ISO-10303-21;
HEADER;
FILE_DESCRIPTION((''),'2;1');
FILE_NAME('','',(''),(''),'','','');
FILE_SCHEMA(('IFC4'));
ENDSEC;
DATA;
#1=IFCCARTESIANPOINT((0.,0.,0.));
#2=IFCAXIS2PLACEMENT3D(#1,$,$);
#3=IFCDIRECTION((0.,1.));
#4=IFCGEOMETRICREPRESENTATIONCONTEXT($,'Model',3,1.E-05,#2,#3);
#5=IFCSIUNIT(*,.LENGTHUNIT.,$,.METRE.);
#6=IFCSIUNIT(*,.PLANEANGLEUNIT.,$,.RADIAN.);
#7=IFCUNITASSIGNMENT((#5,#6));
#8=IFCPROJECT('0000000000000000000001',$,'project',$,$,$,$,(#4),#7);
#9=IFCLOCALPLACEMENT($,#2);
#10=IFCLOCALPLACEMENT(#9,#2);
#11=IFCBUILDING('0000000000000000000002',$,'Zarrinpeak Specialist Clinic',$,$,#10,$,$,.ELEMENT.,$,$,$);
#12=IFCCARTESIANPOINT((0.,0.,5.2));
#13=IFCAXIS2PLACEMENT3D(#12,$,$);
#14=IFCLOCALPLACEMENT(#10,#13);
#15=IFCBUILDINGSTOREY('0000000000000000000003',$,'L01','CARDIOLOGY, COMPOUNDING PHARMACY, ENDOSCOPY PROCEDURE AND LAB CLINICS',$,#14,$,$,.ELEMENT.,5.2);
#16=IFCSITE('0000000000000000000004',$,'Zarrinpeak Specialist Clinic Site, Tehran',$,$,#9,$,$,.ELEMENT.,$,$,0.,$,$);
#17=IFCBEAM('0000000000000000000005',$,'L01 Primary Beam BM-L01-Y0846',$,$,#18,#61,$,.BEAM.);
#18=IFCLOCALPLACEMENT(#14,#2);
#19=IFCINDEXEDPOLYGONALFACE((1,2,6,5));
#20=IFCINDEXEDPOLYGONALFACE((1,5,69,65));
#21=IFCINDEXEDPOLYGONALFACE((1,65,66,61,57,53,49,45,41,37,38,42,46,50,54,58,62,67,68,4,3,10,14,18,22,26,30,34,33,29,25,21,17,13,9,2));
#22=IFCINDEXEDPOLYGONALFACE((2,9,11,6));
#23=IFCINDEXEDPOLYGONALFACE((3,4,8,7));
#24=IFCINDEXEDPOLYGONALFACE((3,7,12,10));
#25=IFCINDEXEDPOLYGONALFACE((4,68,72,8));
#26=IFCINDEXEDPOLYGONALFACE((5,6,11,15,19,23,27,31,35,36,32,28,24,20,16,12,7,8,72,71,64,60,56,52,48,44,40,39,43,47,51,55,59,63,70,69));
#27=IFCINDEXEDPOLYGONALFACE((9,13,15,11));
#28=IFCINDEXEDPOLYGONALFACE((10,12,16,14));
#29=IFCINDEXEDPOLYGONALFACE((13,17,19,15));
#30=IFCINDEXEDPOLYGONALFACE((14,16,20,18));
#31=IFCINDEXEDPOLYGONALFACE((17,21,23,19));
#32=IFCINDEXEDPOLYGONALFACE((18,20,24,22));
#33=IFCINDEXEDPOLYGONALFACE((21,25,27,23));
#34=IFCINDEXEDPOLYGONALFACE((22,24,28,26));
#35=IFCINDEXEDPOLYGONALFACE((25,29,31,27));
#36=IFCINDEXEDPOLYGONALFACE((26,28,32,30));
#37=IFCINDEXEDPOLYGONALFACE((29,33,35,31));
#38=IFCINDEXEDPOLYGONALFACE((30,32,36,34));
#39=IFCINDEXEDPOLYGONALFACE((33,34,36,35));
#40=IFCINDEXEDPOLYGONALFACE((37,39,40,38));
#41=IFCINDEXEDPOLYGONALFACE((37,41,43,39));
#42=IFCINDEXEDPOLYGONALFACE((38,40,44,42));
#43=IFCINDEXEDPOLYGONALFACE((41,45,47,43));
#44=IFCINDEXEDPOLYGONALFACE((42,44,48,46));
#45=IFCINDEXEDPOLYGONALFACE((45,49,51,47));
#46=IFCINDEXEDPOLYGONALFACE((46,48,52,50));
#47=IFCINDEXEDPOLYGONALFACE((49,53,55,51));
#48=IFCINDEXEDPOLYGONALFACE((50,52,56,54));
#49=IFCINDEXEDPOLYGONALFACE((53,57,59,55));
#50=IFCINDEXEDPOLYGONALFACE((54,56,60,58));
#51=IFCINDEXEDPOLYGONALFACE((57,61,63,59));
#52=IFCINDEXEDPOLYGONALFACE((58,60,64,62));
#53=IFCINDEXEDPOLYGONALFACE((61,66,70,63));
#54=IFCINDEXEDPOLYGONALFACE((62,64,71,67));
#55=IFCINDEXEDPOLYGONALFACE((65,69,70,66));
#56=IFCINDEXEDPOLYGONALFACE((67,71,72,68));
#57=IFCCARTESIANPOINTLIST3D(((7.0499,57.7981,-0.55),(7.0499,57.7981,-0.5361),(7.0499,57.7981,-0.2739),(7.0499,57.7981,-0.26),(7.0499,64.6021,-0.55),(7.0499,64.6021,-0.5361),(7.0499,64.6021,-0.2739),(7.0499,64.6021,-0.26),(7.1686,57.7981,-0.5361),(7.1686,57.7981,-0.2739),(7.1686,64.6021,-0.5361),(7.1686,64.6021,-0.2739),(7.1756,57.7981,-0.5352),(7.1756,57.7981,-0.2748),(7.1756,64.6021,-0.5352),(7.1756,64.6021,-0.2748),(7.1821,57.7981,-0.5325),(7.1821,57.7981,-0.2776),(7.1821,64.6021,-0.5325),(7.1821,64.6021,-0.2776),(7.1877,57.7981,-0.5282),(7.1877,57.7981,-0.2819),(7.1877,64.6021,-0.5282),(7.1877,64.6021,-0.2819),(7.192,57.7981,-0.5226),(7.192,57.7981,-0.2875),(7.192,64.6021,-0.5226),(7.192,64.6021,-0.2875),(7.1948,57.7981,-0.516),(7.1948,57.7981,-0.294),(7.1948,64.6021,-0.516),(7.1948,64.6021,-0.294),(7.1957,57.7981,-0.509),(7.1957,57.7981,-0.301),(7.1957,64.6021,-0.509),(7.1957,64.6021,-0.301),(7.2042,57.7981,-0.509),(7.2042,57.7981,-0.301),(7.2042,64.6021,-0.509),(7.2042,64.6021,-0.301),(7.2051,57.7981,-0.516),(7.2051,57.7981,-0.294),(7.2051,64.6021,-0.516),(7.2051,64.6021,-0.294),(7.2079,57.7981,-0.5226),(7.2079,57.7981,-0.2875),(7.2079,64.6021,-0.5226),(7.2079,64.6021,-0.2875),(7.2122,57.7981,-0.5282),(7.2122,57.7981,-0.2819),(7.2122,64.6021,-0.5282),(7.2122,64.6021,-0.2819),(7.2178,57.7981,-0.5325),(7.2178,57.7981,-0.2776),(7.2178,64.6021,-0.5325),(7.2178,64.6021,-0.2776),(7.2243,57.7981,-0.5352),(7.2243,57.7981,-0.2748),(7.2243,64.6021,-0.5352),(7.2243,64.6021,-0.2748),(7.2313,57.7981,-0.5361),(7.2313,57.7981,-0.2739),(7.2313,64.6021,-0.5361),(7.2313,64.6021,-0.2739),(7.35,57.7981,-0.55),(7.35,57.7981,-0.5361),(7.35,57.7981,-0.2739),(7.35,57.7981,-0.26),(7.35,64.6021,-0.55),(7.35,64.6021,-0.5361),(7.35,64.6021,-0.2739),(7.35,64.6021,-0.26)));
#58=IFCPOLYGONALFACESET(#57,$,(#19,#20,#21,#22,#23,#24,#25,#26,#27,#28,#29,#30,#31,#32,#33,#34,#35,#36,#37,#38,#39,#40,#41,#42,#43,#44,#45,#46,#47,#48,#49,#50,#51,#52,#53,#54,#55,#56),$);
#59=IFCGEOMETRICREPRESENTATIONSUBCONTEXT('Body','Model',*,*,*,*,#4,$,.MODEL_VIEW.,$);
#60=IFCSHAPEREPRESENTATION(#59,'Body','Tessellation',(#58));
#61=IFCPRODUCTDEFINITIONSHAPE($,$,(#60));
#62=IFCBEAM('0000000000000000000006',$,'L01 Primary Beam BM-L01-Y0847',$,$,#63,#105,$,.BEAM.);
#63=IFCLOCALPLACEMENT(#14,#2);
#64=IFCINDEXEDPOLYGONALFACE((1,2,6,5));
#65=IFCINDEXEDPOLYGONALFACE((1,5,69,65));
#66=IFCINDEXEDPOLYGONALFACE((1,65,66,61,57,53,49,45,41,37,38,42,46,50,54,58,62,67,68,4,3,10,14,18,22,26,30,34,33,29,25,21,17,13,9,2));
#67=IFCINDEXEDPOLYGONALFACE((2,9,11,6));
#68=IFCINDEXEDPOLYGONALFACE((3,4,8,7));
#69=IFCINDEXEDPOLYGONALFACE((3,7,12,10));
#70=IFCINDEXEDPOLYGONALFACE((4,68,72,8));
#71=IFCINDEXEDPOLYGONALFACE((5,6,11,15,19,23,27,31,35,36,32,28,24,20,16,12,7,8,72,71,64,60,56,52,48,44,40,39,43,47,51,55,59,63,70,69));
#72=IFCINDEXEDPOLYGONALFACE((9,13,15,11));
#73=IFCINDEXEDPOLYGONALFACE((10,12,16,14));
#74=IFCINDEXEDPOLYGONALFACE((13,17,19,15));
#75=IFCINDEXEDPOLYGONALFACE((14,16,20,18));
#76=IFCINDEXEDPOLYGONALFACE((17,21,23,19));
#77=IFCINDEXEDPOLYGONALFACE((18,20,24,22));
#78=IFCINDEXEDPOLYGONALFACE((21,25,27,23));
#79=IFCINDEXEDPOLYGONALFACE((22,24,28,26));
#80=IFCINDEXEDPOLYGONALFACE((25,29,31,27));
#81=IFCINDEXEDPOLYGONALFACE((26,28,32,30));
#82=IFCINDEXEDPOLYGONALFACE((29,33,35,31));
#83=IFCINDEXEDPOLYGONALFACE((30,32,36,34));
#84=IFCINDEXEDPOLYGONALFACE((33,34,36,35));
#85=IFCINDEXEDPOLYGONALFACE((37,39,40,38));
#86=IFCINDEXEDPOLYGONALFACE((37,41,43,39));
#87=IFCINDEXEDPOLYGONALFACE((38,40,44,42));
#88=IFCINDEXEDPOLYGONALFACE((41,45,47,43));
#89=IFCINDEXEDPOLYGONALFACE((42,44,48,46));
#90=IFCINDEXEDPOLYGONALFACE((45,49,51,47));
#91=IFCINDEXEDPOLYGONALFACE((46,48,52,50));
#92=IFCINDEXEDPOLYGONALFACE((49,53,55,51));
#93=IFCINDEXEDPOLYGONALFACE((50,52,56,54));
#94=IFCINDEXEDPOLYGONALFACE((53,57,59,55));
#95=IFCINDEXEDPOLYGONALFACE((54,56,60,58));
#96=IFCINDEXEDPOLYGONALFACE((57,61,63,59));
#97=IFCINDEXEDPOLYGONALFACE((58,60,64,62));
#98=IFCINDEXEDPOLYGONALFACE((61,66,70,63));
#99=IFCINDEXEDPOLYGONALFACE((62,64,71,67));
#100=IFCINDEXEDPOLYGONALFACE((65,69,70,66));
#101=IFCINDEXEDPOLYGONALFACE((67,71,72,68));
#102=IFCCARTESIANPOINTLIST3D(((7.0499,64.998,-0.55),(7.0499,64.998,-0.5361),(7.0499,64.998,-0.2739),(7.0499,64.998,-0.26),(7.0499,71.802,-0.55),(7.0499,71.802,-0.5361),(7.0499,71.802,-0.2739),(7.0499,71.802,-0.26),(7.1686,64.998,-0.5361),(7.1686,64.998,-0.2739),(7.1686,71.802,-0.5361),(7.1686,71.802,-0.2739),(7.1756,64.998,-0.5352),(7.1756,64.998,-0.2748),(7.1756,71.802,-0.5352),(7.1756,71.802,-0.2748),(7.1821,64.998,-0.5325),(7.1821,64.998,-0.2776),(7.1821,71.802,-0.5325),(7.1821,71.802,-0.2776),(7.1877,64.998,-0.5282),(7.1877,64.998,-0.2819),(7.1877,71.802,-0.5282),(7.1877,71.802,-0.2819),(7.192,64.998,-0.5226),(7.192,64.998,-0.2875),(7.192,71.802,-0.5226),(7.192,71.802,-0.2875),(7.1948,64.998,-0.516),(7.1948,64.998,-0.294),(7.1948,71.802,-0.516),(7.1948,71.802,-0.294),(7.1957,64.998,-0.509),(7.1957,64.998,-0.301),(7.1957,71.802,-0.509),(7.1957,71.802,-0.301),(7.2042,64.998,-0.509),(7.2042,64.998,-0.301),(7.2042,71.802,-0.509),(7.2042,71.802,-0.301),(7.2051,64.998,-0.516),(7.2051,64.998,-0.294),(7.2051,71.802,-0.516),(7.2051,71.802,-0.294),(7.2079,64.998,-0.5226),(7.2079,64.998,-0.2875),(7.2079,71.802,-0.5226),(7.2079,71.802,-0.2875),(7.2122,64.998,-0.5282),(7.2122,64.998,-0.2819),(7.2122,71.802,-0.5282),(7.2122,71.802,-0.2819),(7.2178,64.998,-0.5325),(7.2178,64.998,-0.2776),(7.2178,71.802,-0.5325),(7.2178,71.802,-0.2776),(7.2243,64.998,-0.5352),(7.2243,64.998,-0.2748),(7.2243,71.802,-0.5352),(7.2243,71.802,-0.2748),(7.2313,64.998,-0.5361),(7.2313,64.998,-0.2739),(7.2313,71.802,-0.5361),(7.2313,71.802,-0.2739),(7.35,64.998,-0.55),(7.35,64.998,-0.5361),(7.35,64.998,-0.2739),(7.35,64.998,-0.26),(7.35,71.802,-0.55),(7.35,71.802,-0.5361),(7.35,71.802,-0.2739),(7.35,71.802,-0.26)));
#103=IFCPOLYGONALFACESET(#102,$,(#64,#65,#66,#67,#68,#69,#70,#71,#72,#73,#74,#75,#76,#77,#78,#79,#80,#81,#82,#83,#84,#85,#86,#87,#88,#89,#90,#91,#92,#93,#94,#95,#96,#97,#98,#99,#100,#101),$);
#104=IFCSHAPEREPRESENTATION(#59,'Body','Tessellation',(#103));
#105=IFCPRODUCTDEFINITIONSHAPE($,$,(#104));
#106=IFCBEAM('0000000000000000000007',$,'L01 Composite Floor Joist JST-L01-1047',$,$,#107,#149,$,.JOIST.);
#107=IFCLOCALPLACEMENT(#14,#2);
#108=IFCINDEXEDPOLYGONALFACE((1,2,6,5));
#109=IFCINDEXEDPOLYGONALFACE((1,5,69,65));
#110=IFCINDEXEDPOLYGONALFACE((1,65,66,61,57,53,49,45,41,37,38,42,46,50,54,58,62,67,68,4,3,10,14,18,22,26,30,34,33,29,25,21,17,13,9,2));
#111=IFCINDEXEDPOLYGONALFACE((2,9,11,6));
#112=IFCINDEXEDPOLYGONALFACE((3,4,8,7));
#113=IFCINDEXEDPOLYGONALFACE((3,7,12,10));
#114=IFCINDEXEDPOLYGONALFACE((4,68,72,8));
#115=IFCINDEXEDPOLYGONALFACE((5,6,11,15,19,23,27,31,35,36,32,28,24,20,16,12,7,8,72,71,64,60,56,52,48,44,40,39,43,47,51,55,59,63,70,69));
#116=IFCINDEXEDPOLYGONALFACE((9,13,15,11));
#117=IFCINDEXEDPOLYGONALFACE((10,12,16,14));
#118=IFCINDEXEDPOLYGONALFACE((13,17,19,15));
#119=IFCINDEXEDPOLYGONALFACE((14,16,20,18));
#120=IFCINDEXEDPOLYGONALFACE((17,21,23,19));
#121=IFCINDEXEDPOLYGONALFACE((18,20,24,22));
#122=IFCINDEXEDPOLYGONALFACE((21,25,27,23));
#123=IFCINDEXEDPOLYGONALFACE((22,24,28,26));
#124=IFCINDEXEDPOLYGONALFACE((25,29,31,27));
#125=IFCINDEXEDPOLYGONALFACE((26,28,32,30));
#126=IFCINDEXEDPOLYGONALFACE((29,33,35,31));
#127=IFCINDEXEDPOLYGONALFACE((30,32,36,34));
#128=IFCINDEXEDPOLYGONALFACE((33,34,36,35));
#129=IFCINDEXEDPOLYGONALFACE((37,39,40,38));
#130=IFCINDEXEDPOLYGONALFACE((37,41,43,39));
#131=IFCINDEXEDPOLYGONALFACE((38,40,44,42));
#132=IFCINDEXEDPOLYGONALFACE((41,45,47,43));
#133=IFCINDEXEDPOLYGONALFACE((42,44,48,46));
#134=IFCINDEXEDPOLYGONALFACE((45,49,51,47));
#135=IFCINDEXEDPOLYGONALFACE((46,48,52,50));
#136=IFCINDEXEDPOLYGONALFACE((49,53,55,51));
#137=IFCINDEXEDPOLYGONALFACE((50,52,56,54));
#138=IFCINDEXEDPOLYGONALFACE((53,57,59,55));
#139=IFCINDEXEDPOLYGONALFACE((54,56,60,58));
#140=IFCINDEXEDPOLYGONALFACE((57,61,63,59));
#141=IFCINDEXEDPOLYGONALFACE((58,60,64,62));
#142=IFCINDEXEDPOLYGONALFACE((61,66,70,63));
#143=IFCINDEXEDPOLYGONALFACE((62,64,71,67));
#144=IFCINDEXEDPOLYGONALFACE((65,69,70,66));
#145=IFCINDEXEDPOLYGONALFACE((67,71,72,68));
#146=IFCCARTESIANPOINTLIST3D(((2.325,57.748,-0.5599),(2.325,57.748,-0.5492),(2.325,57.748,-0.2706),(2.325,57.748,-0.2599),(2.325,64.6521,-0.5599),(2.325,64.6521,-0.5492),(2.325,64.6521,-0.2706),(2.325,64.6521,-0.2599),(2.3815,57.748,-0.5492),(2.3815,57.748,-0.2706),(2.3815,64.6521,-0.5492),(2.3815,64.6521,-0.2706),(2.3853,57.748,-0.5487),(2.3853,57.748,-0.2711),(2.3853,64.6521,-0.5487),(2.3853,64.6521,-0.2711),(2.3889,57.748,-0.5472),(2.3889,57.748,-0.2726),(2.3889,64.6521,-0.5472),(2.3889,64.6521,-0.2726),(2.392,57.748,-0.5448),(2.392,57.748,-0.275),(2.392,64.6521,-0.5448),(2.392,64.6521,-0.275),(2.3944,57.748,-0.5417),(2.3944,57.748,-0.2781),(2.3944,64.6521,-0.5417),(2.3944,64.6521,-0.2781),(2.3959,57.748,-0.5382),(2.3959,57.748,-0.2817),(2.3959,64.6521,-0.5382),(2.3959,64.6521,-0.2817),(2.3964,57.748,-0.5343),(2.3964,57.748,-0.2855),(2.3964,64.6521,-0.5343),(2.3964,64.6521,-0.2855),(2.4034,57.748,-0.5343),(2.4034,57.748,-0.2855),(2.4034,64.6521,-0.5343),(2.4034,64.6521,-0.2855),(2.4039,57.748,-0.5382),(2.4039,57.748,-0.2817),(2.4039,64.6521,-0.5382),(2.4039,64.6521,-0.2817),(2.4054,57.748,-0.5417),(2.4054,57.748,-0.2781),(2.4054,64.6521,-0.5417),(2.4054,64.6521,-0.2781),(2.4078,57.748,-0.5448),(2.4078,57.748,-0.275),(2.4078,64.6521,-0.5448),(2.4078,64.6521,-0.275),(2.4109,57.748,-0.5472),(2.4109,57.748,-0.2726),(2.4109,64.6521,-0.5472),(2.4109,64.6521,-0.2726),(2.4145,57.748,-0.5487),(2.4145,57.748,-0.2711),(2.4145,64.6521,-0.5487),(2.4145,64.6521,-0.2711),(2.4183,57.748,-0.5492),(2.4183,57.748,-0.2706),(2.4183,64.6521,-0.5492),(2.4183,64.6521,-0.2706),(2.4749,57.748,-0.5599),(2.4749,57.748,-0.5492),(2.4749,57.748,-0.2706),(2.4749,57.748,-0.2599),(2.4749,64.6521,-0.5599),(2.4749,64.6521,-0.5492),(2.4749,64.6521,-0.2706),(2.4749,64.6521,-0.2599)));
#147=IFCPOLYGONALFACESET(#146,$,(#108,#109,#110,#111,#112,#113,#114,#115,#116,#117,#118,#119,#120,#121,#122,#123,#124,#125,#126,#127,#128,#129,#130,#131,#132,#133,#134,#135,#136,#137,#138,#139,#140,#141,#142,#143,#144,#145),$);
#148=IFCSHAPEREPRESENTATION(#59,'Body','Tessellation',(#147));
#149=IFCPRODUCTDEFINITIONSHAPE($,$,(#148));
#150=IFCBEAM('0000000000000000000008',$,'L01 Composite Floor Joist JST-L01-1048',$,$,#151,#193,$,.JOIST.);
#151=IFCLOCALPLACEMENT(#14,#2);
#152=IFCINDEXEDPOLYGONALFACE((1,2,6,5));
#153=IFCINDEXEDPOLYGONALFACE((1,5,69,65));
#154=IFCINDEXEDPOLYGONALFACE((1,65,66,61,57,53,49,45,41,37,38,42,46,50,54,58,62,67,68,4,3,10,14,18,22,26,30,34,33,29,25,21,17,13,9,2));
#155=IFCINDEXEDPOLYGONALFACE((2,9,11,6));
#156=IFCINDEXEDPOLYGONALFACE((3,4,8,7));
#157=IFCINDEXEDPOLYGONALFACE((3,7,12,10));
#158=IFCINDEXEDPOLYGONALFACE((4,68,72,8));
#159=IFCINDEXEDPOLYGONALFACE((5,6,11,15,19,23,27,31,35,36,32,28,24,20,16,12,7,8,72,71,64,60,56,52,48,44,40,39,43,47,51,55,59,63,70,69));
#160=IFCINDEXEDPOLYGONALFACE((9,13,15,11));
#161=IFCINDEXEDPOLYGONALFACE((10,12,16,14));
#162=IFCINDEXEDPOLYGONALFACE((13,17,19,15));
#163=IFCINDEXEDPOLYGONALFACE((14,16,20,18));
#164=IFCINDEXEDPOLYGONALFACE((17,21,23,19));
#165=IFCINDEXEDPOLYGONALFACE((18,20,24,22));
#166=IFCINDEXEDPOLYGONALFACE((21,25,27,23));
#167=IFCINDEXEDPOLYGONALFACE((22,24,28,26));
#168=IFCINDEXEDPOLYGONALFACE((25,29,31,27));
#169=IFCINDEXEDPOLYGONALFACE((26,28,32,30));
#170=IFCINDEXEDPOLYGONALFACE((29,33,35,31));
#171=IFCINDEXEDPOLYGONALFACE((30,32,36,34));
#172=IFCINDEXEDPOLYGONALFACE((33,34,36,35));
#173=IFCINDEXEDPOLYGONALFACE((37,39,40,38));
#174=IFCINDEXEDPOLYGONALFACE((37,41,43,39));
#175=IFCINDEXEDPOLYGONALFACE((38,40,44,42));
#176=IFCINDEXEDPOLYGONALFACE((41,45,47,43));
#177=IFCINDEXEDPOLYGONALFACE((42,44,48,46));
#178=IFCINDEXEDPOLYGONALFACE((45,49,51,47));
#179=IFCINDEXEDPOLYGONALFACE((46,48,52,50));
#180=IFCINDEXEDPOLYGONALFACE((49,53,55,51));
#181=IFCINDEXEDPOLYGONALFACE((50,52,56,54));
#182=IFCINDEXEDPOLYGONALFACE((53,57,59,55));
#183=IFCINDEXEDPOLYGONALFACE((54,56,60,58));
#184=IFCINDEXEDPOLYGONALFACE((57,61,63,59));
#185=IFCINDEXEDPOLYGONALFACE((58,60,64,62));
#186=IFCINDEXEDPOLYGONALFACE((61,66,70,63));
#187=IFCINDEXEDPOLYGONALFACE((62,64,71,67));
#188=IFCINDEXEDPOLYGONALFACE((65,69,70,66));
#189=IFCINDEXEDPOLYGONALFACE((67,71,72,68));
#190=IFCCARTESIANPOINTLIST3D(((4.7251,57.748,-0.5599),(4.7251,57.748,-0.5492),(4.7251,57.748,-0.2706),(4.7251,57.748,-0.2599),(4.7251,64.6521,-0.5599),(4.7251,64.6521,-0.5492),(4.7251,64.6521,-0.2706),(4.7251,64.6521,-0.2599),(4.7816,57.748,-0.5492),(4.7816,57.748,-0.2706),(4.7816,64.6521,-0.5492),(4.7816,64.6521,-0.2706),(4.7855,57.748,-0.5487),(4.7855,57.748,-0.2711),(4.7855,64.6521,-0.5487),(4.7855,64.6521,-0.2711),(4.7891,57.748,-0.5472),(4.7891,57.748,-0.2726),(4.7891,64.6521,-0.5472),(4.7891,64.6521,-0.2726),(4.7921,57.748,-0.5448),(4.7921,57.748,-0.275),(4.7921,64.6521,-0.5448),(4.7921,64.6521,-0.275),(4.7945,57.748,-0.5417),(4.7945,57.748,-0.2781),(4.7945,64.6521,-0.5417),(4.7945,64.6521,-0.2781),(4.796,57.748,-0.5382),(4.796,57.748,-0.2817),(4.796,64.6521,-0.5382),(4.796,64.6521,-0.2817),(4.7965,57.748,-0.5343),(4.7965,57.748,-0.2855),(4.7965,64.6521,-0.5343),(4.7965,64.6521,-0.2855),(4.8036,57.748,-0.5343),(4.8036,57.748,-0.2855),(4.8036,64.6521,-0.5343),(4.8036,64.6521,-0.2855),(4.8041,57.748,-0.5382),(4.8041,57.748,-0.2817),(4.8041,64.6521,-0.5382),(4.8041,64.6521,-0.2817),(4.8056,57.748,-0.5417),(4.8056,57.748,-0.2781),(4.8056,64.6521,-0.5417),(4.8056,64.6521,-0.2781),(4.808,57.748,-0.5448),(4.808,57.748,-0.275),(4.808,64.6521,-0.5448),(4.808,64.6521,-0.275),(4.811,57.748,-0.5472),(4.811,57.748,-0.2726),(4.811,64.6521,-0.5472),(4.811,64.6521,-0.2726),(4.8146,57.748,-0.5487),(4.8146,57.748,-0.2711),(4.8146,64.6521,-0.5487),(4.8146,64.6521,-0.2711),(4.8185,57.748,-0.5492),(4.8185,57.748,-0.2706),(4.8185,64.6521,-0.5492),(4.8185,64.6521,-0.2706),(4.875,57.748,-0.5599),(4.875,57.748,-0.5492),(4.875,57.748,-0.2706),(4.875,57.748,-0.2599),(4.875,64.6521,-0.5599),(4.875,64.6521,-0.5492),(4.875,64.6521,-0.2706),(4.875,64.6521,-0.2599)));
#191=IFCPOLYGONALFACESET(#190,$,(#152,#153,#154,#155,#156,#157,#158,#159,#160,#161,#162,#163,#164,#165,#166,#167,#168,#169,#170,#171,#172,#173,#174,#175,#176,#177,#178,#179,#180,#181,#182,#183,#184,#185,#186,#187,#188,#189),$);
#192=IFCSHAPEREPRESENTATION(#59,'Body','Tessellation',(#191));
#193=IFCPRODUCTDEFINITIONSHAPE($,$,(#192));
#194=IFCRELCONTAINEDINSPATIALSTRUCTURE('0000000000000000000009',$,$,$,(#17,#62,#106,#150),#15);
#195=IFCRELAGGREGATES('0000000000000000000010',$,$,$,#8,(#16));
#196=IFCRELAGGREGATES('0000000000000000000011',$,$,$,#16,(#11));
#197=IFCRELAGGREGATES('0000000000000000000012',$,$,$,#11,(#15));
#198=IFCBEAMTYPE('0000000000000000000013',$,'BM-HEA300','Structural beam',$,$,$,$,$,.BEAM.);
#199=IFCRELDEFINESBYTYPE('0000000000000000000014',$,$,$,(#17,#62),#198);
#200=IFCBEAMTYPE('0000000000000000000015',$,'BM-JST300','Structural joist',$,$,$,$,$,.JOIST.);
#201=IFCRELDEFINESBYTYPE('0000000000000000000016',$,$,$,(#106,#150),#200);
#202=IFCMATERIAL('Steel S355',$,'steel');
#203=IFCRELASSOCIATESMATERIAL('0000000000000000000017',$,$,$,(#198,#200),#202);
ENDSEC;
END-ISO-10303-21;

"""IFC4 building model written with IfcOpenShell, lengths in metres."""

from ifc_helpers import new_model, si_unit, direction, frame, origin, origin_2d, place, context, subcontext, project, spatial, i_section, extrude, material, material_profile, profile_set, type_object, element, save


model = new_model("IFC4")

# Units and contexts
model_context = context("Model", 3, precision=1e-05, world=origin(), true_north=direction((0.0, 1.0)))
body_context = subcontext(model_context, "Body", "Model", "MODEL_VIEW")
ifc_project = project(units=[si_unit("LENGTHUNIT", "METRE"), si_unit("PLANEANGLEUNIT", "RADIAN")], contexts=[model_context])

# Site, building, storey
site_placement = place(None, origin())
site = spatial("IfcSite", under=ifc_project, at=site_placement, Name="Zarrinpeak Specialist Clinic Site, Tehran", CompositionType="ELEMENT", RefElevation=0.0)
building_placement = place(site_placement, origin())
building = spatial("IfcBuilding", under=site, at=building_placement, Name="Zarrinpeak Specialist Clinic", CompositionType="ELEMENT")
storey_placement = place(building_placement, frame((0.0, 0.0, 5.2)))
storey = spatial("IfcBuildingStorey", under=building, at=storey_placement, Name="L01", Description="CARDIOLOGY, COMPOUNDING PHARMACY, ENDOSCOPY PROCEDURE AND LAB CLINICS", CompositionType="ELEMENT", Elevation=5.2)

# Shared definitions
ifc_material_1 = material(Name="Steel S355", Category="steel")

# Beams
ifc_material_profile_1 = material_profile(ifc_material_1, i_section(OverallWidth=0.3, OverallDepth=0.29, WebThickness=0.0085, FlangeThickness=0.0139, FilletRadius=0.0271, at=origin_2d()), Name="HEA 300")
ifc_profile_set_1 = profile_set([ifc_material_profile_1], Name="Steel S355")
beam_type_1 = type_object("IfcBeamType", Name="BM-HEA300", Description="Structural beam", PredefinedType="BEAM", material=ifc_profile_set_1)
for number, where, z_axis, x_axis, name in (
    (1, (7.2, 57.7981, -0.405), (0.0, 1.0, 0.0), (-1.0, 0.0, 0.0), "L01 Primary Beam BM-L01-Y0846"),
    (2, (7.2, 64.998, -0.405), (0.0, 1.0, 0.0), (-1.0, 0.0, 0.0), "L01 Primary Beam BM-L01-Y0847"),
):
    element("IfcBeam", number, at=place(storey_placement, frame(where, z_axis=z_axis, x_axis=x_axis)), inside=storey, type_object=beam_type_1, Name=name, PredefinedType="BEAM", context=body_context, shape_type="SweptSolid", body=[
        extrude(i_section(OverallWidth=0.3, OverallDepth=0.29, WebThickness=0.0085, FlangeThickness=0.0139, FilletRadius=0.0271, at=origin_2d()), origin(), (0.0, 0.0, 1.0), 6.804),
    ])
ifc_material_profile_2 = material_profile(ifc_material_1, i_section(OverallWidth=0.1499, OverallDepth=0.3, WebThickness=0.0071, FlangeThickness=0.0107, FilletRadius=0.0149, at=origin_2d()), Name="IPE 300")
ifc_profile_set_2 = profile_set([ifc_material_profile_2], Name="Steel S355")
beam_type_2 = type_object("IfcBeamType", Name="BM-JST300", Description="Structural joist", PredefinedType="JOIST", material=ifc_profile_set_2)
for number, where, z_axis, x_axis, name in (
    (3, (2.3999, 57.748, -0.4099), (0.0, 1.0, 0.0), (-1.0, 0.0, 0.0), "L01 Composite Floor Joist JST-L01-1047"),
    (4, (4.8, 57.748, -0.4099), (0.0, 1.0, 0.0), (-1.0, 0.0, 0.0), "L01 Composite Floor Joist JST-L01-1048"),
):
    element("IfcBeam", number, at=place(storey_placement, frame(where, z_axis=z_axis, x_axis=x_axis)), inside=storey, type_object=beam_type_2, Name=name, PredefinedType="JOIST", context=body_context, shape_type="SweptSolid", body=[
        extrude(i_section(OverallWidth=0.1499, OverallDepth=0.3, WebThickness=0.0071, FlangeThickness=0.0107, FilletRadius=0.0149, at=origin_2d()), origin(), (0.0, 0.0, 1.0), 6.9041),
    ])

save(model, "model.ifc")
